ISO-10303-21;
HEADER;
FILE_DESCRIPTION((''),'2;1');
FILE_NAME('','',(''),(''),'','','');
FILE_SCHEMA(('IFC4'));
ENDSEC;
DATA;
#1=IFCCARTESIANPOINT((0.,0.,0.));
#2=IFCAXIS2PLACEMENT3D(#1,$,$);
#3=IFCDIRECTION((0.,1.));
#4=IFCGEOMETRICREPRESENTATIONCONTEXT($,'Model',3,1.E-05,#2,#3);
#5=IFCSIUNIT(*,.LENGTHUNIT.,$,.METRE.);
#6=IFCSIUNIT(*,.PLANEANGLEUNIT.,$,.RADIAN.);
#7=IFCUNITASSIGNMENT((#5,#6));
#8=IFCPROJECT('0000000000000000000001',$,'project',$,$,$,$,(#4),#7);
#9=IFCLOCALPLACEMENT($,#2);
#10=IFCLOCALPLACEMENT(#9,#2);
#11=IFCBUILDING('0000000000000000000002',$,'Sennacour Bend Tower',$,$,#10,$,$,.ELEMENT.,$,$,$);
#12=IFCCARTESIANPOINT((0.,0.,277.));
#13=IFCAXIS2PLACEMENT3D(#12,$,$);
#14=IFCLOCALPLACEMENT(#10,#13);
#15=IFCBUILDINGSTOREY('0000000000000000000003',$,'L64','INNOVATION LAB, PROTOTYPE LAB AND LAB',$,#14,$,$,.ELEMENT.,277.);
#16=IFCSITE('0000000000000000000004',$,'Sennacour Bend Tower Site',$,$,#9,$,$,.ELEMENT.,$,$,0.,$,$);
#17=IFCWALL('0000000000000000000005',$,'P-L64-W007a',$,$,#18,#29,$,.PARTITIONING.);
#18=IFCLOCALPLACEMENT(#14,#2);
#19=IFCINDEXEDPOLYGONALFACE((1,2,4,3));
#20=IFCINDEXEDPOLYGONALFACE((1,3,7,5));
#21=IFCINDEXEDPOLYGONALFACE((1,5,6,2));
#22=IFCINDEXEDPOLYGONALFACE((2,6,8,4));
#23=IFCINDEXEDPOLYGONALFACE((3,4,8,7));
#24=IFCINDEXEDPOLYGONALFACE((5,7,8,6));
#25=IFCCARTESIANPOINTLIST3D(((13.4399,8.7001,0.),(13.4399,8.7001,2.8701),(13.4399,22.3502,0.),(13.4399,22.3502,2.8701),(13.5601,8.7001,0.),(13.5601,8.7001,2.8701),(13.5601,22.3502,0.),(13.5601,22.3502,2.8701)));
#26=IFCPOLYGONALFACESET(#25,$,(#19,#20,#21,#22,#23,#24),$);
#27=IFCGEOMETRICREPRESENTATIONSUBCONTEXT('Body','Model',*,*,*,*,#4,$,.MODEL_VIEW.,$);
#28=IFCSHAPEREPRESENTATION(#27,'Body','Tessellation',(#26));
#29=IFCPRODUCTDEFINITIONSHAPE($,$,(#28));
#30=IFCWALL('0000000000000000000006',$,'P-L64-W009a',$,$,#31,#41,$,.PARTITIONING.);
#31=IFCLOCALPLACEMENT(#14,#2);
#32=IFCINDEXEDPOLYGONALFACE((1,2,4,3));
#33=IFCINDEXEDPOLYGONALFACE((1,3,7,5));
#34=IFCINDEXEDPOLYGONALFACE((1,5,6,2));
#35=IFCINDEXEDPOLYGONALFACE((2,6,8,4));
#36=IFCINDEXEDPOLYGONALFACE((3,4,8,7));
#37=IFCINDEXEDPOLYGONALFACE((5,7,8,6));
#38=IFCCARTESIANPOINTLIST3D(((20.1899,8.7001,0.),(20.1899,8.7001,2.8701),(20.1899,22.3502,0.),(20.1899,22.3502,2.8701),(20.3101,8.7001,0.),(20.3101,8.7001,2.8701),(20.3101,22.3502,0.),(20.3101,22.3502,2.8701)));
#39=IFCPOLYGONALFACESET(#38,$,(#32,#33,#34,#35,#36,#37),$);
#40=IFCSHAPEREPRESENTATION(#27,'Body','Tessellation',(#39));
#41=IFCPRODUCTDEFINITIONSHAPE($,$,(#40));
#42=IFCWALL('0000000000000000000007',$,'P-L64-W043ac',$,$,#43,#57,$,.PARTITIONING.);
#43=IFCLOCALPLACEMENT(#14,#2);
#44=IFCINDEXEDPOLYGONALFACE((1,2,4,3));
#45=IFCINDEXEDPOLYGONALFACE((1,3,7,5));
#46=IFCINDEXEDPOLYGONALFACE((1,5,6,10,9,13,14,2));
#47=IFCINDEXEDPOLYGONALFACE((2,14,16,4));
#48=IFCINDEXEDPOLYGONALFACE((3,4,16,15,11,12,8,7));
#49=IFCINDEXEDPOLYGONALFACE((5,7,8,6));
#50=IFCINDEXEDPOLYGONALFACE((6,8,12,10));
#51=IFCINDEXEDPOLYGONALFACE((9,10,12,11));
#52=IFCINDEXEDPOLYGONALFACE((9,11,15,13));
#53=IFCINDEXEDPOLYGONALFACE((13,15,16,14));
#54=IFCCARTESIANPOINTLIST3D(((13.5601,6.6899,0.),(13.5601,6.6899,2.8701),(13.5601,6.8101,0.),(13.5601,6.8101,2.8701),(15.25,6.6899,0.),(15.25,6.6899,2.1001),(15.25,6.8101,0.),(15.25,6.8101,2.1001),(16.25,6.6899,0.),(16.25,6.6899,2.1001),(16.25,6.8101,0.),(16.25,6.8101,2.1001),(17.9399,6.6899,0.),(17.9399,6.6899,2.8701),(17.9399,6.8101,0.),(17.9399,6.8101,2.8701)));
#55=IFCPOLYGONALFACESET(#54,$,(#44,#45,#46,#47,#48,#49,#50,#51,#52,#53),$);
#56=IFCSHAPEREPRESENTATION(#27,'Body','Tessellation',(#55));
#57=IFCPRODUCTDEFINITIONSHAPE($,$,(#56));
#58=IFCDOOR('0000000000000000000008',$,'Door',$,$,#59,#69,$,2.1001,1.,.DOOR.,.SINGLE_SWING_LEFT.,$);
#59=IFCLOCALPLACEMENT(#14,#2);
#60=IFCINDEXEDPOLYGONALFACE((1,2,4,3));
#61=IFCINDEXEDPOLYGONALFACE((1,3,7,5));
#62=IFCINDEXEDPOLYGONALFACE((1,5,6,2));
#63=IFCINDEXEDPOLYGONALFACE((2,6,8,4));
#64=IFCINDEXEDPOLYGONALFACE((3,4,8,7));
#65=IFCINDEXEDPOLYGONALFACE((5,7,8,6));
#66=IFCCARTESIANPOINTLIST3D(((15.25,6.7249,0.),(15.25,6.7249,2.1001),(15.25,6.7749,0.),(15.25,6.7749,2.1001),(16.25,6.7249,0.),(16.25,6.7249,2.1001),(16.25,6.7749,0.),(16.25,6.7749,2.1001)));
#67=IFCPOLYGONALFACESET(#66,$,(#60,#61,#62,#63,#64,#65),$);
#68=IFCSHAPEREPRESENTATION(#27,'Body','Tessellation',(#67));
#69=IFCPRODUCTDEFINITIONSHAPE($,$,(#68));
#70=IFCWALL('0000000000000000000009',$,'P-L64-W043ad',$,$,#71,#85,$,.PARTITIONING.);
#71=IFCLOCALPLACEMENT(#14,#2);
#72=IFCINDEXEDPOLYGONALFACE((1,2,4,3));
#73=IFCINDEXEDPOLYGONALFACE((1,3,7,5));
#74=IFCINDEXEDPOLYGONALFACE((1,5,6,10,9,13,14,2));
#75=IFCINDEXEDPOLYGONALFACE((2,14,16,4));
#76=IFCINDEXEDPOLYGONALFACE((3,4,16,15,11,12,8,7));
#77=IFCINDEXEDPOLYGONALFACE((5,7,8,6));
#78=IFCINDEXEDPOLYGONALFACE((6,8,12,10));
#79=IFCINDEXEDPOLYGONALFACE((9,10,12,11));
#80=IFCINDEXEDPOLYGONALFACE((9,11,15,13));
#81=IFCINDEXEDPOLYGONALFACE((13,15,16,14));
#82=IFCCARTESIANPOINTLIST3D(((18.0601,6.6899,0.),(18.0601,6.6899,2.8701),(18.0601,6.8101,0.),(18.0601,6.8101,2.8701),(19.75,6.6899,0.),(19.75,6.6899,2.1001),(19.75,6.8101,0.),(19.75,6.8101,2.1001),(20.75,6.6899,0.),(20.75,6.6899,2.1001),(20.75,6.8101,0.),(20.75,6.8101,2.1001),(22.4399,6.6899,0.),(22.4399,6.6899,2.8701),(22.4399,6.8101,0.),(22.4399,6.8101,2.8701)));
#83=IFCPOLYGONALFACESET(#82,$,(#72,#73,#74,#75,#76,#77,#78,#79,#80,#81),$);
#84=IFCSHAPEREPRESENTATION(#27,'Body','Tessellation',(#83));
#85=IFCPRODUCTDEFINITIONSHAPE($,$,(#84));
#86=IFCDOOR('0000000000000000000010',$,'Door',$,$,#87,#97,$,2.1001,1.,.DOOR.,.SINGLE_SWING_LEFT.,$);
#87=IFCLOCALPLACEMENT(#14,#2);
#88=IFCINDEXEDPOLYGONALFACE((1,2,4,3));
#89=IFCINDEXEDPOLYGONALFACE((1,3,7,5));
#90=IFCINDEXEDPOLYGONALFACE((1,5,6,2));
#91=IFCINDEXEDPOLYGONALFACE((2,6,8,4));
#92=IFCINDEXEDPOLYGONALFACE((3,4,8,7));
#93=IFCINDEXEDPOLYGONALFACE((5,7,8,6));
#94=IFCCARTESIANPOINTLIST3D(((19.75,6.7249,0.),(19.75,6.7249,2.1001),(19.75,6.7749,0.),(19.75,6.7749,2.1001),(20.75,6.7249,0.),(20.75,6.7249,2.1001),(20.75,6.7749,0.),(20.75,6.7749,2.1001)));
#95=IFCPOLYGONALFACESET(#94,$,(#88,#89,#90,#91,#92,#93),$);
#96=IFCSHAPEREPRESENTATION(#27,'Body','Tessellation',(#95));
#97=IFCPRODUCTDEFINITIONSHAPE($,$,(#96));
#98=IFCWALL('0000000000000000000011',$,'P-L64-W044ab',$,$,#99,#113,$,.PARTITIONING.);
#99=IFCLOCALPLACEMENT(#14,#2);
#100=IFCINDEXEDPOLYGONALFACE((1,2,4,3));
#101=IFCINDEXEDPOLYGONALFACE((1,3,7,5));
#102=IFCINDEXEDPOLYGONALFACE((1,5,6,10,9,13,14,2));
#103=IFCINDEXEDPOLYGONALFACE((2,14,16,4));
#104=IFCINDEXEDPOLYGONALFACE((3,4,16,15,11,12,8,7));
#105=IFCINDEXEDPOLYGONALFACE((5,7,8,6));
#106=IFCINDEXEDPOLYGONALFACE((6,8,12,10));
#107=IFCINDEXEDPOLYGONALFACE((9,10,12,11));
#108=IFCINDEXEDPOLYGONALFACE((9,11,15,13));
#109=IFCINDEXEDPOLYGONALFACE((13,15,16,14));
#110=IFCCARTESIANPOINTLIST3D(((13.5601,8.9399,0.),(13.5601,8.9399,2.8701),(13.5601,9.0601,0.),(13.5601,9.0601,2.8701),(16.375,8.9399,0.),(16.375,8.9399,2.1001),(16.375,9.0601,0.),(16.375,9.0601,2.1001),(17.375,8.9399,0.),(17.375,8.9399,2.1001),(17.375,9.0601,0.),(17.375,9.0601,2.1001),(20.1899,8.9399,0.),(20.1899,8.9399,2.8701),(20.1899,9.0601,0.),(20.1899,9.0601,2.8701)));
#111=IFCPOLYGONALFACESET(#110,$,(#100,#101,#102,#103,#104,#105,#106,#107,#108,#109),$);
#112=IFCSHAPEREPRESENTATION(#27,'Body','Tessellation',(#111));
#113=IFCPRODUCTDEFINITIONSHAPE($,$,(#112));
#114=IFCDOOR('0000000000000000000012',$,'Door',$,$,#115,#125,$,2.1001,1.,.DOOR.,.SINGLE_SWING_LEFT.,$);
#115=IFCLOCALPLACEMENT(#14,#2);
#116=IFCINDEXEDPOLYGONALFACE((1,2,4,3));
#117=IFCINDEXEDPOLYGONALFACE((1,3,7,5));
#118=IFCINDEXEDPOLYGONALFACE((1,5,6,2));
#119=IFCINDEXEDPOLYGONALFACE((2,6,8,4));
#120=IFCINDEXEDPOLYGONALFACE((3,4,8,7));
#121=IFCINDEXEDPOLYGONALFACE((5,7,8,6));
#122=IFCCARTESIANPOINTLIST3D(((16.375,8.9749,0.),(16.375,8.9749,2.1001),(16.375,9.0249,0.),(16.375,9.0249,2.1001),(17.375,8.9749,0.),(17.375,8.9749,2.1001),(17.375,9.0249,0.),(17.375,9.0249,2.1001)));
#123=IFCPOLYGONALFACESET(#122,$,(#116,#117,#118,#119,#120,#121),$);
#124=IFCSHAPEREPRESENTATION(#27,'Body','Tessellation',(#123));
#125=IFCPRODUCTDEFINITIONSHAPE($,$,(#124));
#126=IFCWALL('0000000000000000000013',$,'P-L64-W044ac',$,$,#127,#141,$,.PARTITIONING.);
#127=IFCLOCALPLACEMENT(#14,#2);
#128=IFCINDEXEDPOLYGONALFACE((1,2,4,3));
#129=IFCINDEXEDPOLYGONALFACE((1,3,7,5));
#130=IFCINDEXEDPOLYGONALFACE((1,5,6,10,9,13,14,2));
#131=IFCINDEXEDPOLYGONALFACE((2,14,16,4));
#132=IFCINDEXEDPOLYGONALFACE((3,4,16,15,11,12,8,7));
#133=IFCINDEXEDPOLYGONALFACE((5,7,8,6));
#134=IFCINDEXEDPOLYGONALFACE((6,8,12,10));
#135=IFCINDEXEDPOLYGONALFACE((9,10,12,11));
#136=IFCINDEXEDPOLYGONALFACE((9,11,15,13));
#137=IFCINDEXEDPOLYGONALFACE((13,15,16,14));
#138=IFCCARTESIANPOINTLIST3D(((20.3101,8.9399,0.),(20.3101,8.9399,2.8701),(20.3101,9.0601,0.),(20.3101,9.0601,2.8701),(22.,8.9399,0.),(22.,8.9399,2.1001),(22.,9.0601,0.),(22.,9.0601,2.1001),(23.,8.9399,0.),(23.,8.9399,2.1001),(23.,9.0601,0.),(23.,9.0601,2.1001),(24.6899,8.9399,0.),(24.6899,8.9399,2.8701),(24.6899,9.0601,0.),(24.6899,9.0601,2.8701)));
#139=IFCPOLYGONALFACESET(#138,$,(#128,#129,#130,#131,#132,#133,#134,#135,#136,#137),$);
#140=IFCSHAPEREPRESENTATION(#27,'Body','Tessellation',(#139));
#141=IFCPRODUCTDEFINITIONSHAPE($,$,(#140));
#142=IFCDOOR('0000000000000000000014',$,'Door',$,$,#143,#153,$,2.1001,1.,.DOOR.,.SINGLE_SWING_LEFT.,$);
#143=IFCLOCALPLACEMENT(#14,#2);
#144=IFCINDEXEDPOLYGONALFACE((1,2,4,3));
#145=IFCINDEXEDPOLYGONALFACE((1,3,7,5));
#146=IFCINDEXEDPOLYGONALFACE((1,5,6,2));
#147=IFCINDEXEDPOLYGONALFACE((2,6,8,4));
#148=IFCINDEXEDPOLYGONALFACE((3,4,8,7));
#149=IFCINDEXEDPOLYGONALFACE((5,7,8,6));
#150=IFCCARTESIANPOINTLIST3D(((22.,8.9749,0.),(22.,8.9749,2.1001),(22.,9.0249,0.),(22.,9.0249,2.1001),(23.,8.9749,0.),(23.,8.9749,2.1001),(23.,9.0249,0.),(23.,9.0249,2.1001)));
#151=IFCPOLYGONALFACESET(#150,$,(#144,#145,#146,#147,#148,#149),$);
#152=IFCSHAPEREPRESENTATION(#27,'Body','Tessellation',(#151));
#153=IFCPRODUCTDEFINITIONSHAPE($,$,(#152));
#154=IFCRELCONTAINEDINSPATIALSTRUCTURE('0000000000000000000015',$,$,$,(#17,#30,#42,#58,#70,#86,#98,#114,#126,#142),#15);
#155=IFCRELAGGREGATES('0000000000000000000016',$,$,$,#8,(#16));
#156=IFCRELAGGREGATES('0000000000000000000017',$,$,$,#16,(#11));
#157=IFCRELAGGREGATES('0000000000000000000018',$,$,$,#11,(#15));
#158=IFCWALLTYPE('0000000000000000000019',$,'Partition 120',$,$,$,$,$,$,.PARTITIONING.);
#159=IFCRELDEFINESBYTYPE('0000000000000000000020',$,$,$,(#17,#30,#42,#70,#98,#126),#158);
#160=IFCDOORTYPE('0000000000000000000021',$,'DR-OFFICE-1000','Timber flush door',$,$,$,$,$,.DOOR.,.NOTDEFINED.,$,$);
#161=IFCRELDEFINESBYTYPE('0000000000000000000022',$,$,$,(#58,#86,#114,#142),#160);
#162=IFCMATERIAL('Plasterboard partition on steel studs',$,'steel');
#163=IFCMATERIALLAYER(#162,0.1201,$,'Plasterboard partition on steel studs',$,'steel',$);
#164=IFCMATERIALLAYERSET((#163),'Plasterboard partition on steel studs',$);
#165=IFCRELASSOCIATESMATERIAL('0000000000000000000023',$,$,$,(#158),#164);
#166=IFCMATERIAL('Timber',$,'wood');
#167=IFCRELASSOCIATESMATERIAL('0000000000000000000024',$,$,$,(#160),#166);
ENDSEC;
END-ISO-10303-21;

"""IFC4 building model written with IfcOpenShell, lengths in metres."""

from ifc_helpers import new_model, si_unit, direction, frame, frame_2d, origin, place, context, subcontext, project, spatial, rectangle, extrude, material, layer, layer_set, type_object, element, fill, save


model = new_model("IFC4")

# Units and contexts
model_context = context("Model", 3, precision=1e-05, world=origin(), true_north=direction((0.0, 1.0)))
body_context = subcontext(model_context, "Body", "Model", "MODEL_VIEW")
ifc_project = project(units=[si_unit("LENGTHUNIT", "METRE"), si_unit("PLANEANGLEUNIT", "RADIAN")], contexts=[model_context])

# Site, building, storey
site_placement = place(None, origin())
site = spatial("IfcSite", under=ifc_project, at=site_placement, Name="Sennacour Bend Tower Site", CompositionType="ELEMENT", RefElevation=0.0)
building_placement = place(site_placement, origin())
building = spatial("IfcBuilding", under=site, at=building_placement, Name="Sennacour Bend Tower", CompositionType="ELEMENT")
storey_placement = place(building_placement, frame((0.0, 0.0, 277.0)))
storey = spatial("IfcBuildingStorey", under=building, at=storey_placement, Name="L64", Description="INNOVATION LAB, PROTOTYPE LAB AND LAB", CompositionType="ELEMENT", Elevation=277.0)

# Walls
ifc_material_1 = material(Name="Plasterboard partition on steel studs", Category="steel")
ifc_layer_1 = layer(ifc_material_1, 0.1201, Name="Plasterboard partition on steel studs", Category="steel")
ifc_layer_set_1 = layer_set([ifc_layer_1], Name="Plasterboard partition on steel studs")
wall_type_1 = type_object("IfcWallType", Name="Partition 120", PredefinedType="PARTITIONING", material=ifc_layer_set_1)
for number, where, z_axis, x_axis, name in (
    (1, (13.5, 8.7, 0.0), (0.0, 0.0, 1.0), (0.0, 1.0, 0.0), "P-L64-W007a"),
    (2, (20.25, 8.7, 0.0), (0.0, 0.0, 1.0), (0.0, 1.0, 0.0), "P-L64-W009a"),
):
    element("IfcWall", number, at=place(storey_placement, frame(where, z_axis=z_axis, x_axis=x_axis)), inside=storey, type_object=wall_type_1, Name=name, PredefinedType="PARTITIONING", context=body_context, shape_type="SweptSolid", body=[
        extrude(rectangle(XDim=13.6501, YDim=0.1201, at=frame_2d((6.8252, 0.0))), origin(), (0.0, 0.0, 1.0), 2.8701),
    ])

# Walls, openings, doors
wall_1_placement = place(storey_placement, frame((13.5601, 6.75, 0.0), z_axis=(0.0, 0.0, 1.0), x_axis=(1.0, 0.0, 0.0)))
wall_1 = element("IfcWall", 3, at=wall_1_placement, inside=storey, type_object=wall_type_1, Name="P-L64-W043ac", PredefinedType="PARTITIONING", context=body_context, shape_type="SweptSolid", body=[
    extrude(rectangle(XDim=4.3799, YDim=0.1201, at=frame_2d((2.1899, 0.0))), origin(), (0.0, 0.0, 1.0), 2.8701),
])
opening_1_placement = place(wall_1_placement, frame((1.6899, 0.0, 0.0)))
opening_1 = element("IfcOpeningElement", 4, at=opening_1_placement, cuts=wall_1, PredefinedType="OPENING", context=body_context, shape_type="SweptSolid", body=[
    extrude(rectangle(XDim=1.0, YDim=2.1001, at=frame_2d((0.5, 1.05))), frame((0.0, 0.0701, 0.0), z_axis=(0.0, -1.0, 0.0), x_axis=(1.0, 0.0, 0.0)), (0.0, 0.0, 1.0), 0.1401),
])
ifc_material_2 = material(Name="Timber", Category="wood")
door_type = type_object("IfcDoorType", Name="DR-OFFICE-1000", Description="Timber flush door", OperationType="NOTDEFINED", PredefinedType="DOOR", material=ifc_material_2)
door_1_placement = place(opening_1_placement, origin())
door_1 = element("IfcDoor", 5, at=door_1_placement, inside=storey, type_object=door_type, Name="Door", OperationType="SINGLE_SWING_LEFT", OverallHeight=2.1001, OverallWidth=1.0, PredefinedType="DOOR", context=body_context, shape_type="SweptSolid", body=[
    extrude(rectangle(XDim=1.0, YDim=2.1001, at=frame_2d((0.5, 1.05))), frame((0.0, 0.0249, 0.0), z_axis=(0.0, -1.0, 0.0), x_axis=(1.0, 0.0, 0.0)), (0.0, 0.0, 1.0), 0.05),
])
fill(opening_1, door_1)
wall_2_placement = place(storey_placement, frame((18.0601, 6.75, 0.0), z_axis=(0.0, 0.0, 1.0), x_axis=(1.0, 0.0, 0.0)))
wall_2 = element("IfcWall", 6, at=wall_2_placement, inside=storey, type_object=wall_type_1, Name="P-L64-W043ad", PredefinedType="PARTITIONING", context=body_context, shape_type="SweptSolid", body=[
    extrude(rectangle(XDim=4.3799, YDim=0.1201, at=frame_2d((2.1899, 0.0))), origin(), (0.0, 0.0, 1.0), 2.8701),
])
opening_2_placement = place(wall_2_placement, frame((1.6899, 0.0, 0.0)))
opening_2 = element("IfcOpeningElement", 7, at=opening_2_placement, cuts=wall_2, PredefinedType="OPENING", context=body_context, shape_type="SweptSolid", body=[
    extrude(rectangle(XDim=1.0, YDim=2.1001, at=frame_2d((0.5, 1.05))), frame((0.0, 0.0701, 0.0), z_axis=(0.0, -1.0, 0.0), x_axis=(1.0, 0.0, 0.0)), (0.0, 0.0, 1.0), 0.1401),
])
door_2_placement = place(opening_2_placement, origin())
door_2 = element("IfcDoor", 8, at=door_2_placement, inside=storey, type_object=door_type, Name="Door", OperationType="SINGLE_SWING_LEFT", OverallHeight=2.1001, OverallWidth=1.0, PredefinedType="DOOR", context=body_context, shape_type="SweptSolid", body=[
    extrude(rectangle(XDim=1.0, YDim=2.1001, at=frame_2d((0.5, 1.05))), frame((0.0, 0.0249, 0.0), z_axis=(0.0, -1.0, 0.0), x_axis=(1.0, 0.0, 0.0)), (0.0, 0.0, 1.0), 0.05),
])
fill(opening_2, door_2)
wall_3_placement = place(storey_placement, frame((13.5601, 9.0, 0.0), z_axis=(0.0, 0.0, 1.0), x_axis=(1.0, 0.0, 0.0)))
wall_3 = element("IfcWall", 9, at=wall_3_placement, inside=storey, type_object=wall_type_1, Name="P-L64-W044ab", PredefinedType="PARTITIONING", context=body_context, shape_type="SweptSolid", body=[
    extrude(rectangle(XDim=6.6299, YDim=0.1201, at=frame_2d((3.3149, 0.0))), origin(), (0.0, 0.0, 1.0), 2.8701),
])
opening_3_placement = place(wall_3_placement, frame((2.8149, 0.0, 0.0)))
opening_3 = element("IfcOpeningElement", 10, at=opening_3_placement, cuts=wall_3, PredefinedType="OPENING", context=body_context, shape_type="SweptSolid", body=[
    extrude(rectangle(XDim=1.0, YDim=2.1001, at=frame_2d((0.5, 1.05))), frame((0.0, 0.0701, 0.0), z_axis=(0.0, -1.0, 0.0), x_axis=(1.0, 0.0, 0.0)), (0.0, 0.0, 1.0), 0.1401),
])
door_3_placement = place(opening_3_placement, origin())
door_3 = element("IfcDoor", 11, at=door_3_placement, inside=storey, type_object=door_type, Name="Door", OperationType="SINGLE_SWING_LEFT", OverallHeight=2.1001, OverallWidth=1.0, PredefinedType="DOOR", context=body_context, shape_type="SweptSolid", body=[
    extrude(rectangle(XDim=1.0, YDim=2.1001, at=frame_2d((0.5, 1.05))), frame((0.0, 0.0249, 0.0), z_axis=(0.0, -1.0, 0.0), x_axis=(1.0, 0.0, 0.0)), (0.0, 0.0, 1.0), 0.05),
])
fill(opening_3, door_3)
wall_4_placement = place(storey_placement, frame((20.3101, 9.0, 0.0), z_axis=(0.0, 0.0, 1.0), x_axis=(1.0, 0.0, 0.0)))
wall_4 = element("IfcWall", 12, at=wall_4_placement, inside=storey, type_object=wall_type_1, Name="P-L64-W044ac", PredefinedType="PARTITIONING", context=body_context, shape_type="SweptSolid", body=[
    extrude(rectangle(XDim=4.3799, YDim=0.1201, at=frame_2d((2.1899, 0.0))), origin(), (0.0, 0.0, 1.0), 2.8701),
])
opening_4_placement = place(wall_4_placement, frame((1.6899, 0.0, 0.0)))
opening_4 = element("IfcOpeningElement", 13, at=opening_4_placement, cuts=wall_4, PredefinedType="OPENING", context=body_context, shape_type="SweptSolid", body=[
    extrude(rectangle(XDim=1.0, YDim=2.1001, at=frame_2d((0.5, 1.05))), frame((0.0, 0.0701, 0.0), z_axis=(0.0, -1.0, 0.0), x_axis=(1.0, 0.0, 0.0)), (0.0, 0.0, 1.0), 0.1401),
])
door_4_placement = place(opening_4_placement, origin())
door_4 = element("IfcDoor", 14, at=door_4_placement, inside=storey, type_object=door_type, Name="Door", OperationType="SINGLE_SWING_LEFT", OverallHeight=2.1001, OverallWidth=1.0, PredefinedType="DOOR", context=body_context, shape_type="SweptSolid", body=[
    extrude(rectangle(XDim=1.0, YDim=2.1001, at=frame_2d((0.5, 1.05))), frame((0.0, 0.0249, 0.0), z_axis=(0.0, -1.0, 0.0), x_axis=(1.0, 0.0, 0.0)), (0.0, 0.0, 1.0), 0.05),
])
fill(opening_4, door_4)

save(model, "model.ifc")
